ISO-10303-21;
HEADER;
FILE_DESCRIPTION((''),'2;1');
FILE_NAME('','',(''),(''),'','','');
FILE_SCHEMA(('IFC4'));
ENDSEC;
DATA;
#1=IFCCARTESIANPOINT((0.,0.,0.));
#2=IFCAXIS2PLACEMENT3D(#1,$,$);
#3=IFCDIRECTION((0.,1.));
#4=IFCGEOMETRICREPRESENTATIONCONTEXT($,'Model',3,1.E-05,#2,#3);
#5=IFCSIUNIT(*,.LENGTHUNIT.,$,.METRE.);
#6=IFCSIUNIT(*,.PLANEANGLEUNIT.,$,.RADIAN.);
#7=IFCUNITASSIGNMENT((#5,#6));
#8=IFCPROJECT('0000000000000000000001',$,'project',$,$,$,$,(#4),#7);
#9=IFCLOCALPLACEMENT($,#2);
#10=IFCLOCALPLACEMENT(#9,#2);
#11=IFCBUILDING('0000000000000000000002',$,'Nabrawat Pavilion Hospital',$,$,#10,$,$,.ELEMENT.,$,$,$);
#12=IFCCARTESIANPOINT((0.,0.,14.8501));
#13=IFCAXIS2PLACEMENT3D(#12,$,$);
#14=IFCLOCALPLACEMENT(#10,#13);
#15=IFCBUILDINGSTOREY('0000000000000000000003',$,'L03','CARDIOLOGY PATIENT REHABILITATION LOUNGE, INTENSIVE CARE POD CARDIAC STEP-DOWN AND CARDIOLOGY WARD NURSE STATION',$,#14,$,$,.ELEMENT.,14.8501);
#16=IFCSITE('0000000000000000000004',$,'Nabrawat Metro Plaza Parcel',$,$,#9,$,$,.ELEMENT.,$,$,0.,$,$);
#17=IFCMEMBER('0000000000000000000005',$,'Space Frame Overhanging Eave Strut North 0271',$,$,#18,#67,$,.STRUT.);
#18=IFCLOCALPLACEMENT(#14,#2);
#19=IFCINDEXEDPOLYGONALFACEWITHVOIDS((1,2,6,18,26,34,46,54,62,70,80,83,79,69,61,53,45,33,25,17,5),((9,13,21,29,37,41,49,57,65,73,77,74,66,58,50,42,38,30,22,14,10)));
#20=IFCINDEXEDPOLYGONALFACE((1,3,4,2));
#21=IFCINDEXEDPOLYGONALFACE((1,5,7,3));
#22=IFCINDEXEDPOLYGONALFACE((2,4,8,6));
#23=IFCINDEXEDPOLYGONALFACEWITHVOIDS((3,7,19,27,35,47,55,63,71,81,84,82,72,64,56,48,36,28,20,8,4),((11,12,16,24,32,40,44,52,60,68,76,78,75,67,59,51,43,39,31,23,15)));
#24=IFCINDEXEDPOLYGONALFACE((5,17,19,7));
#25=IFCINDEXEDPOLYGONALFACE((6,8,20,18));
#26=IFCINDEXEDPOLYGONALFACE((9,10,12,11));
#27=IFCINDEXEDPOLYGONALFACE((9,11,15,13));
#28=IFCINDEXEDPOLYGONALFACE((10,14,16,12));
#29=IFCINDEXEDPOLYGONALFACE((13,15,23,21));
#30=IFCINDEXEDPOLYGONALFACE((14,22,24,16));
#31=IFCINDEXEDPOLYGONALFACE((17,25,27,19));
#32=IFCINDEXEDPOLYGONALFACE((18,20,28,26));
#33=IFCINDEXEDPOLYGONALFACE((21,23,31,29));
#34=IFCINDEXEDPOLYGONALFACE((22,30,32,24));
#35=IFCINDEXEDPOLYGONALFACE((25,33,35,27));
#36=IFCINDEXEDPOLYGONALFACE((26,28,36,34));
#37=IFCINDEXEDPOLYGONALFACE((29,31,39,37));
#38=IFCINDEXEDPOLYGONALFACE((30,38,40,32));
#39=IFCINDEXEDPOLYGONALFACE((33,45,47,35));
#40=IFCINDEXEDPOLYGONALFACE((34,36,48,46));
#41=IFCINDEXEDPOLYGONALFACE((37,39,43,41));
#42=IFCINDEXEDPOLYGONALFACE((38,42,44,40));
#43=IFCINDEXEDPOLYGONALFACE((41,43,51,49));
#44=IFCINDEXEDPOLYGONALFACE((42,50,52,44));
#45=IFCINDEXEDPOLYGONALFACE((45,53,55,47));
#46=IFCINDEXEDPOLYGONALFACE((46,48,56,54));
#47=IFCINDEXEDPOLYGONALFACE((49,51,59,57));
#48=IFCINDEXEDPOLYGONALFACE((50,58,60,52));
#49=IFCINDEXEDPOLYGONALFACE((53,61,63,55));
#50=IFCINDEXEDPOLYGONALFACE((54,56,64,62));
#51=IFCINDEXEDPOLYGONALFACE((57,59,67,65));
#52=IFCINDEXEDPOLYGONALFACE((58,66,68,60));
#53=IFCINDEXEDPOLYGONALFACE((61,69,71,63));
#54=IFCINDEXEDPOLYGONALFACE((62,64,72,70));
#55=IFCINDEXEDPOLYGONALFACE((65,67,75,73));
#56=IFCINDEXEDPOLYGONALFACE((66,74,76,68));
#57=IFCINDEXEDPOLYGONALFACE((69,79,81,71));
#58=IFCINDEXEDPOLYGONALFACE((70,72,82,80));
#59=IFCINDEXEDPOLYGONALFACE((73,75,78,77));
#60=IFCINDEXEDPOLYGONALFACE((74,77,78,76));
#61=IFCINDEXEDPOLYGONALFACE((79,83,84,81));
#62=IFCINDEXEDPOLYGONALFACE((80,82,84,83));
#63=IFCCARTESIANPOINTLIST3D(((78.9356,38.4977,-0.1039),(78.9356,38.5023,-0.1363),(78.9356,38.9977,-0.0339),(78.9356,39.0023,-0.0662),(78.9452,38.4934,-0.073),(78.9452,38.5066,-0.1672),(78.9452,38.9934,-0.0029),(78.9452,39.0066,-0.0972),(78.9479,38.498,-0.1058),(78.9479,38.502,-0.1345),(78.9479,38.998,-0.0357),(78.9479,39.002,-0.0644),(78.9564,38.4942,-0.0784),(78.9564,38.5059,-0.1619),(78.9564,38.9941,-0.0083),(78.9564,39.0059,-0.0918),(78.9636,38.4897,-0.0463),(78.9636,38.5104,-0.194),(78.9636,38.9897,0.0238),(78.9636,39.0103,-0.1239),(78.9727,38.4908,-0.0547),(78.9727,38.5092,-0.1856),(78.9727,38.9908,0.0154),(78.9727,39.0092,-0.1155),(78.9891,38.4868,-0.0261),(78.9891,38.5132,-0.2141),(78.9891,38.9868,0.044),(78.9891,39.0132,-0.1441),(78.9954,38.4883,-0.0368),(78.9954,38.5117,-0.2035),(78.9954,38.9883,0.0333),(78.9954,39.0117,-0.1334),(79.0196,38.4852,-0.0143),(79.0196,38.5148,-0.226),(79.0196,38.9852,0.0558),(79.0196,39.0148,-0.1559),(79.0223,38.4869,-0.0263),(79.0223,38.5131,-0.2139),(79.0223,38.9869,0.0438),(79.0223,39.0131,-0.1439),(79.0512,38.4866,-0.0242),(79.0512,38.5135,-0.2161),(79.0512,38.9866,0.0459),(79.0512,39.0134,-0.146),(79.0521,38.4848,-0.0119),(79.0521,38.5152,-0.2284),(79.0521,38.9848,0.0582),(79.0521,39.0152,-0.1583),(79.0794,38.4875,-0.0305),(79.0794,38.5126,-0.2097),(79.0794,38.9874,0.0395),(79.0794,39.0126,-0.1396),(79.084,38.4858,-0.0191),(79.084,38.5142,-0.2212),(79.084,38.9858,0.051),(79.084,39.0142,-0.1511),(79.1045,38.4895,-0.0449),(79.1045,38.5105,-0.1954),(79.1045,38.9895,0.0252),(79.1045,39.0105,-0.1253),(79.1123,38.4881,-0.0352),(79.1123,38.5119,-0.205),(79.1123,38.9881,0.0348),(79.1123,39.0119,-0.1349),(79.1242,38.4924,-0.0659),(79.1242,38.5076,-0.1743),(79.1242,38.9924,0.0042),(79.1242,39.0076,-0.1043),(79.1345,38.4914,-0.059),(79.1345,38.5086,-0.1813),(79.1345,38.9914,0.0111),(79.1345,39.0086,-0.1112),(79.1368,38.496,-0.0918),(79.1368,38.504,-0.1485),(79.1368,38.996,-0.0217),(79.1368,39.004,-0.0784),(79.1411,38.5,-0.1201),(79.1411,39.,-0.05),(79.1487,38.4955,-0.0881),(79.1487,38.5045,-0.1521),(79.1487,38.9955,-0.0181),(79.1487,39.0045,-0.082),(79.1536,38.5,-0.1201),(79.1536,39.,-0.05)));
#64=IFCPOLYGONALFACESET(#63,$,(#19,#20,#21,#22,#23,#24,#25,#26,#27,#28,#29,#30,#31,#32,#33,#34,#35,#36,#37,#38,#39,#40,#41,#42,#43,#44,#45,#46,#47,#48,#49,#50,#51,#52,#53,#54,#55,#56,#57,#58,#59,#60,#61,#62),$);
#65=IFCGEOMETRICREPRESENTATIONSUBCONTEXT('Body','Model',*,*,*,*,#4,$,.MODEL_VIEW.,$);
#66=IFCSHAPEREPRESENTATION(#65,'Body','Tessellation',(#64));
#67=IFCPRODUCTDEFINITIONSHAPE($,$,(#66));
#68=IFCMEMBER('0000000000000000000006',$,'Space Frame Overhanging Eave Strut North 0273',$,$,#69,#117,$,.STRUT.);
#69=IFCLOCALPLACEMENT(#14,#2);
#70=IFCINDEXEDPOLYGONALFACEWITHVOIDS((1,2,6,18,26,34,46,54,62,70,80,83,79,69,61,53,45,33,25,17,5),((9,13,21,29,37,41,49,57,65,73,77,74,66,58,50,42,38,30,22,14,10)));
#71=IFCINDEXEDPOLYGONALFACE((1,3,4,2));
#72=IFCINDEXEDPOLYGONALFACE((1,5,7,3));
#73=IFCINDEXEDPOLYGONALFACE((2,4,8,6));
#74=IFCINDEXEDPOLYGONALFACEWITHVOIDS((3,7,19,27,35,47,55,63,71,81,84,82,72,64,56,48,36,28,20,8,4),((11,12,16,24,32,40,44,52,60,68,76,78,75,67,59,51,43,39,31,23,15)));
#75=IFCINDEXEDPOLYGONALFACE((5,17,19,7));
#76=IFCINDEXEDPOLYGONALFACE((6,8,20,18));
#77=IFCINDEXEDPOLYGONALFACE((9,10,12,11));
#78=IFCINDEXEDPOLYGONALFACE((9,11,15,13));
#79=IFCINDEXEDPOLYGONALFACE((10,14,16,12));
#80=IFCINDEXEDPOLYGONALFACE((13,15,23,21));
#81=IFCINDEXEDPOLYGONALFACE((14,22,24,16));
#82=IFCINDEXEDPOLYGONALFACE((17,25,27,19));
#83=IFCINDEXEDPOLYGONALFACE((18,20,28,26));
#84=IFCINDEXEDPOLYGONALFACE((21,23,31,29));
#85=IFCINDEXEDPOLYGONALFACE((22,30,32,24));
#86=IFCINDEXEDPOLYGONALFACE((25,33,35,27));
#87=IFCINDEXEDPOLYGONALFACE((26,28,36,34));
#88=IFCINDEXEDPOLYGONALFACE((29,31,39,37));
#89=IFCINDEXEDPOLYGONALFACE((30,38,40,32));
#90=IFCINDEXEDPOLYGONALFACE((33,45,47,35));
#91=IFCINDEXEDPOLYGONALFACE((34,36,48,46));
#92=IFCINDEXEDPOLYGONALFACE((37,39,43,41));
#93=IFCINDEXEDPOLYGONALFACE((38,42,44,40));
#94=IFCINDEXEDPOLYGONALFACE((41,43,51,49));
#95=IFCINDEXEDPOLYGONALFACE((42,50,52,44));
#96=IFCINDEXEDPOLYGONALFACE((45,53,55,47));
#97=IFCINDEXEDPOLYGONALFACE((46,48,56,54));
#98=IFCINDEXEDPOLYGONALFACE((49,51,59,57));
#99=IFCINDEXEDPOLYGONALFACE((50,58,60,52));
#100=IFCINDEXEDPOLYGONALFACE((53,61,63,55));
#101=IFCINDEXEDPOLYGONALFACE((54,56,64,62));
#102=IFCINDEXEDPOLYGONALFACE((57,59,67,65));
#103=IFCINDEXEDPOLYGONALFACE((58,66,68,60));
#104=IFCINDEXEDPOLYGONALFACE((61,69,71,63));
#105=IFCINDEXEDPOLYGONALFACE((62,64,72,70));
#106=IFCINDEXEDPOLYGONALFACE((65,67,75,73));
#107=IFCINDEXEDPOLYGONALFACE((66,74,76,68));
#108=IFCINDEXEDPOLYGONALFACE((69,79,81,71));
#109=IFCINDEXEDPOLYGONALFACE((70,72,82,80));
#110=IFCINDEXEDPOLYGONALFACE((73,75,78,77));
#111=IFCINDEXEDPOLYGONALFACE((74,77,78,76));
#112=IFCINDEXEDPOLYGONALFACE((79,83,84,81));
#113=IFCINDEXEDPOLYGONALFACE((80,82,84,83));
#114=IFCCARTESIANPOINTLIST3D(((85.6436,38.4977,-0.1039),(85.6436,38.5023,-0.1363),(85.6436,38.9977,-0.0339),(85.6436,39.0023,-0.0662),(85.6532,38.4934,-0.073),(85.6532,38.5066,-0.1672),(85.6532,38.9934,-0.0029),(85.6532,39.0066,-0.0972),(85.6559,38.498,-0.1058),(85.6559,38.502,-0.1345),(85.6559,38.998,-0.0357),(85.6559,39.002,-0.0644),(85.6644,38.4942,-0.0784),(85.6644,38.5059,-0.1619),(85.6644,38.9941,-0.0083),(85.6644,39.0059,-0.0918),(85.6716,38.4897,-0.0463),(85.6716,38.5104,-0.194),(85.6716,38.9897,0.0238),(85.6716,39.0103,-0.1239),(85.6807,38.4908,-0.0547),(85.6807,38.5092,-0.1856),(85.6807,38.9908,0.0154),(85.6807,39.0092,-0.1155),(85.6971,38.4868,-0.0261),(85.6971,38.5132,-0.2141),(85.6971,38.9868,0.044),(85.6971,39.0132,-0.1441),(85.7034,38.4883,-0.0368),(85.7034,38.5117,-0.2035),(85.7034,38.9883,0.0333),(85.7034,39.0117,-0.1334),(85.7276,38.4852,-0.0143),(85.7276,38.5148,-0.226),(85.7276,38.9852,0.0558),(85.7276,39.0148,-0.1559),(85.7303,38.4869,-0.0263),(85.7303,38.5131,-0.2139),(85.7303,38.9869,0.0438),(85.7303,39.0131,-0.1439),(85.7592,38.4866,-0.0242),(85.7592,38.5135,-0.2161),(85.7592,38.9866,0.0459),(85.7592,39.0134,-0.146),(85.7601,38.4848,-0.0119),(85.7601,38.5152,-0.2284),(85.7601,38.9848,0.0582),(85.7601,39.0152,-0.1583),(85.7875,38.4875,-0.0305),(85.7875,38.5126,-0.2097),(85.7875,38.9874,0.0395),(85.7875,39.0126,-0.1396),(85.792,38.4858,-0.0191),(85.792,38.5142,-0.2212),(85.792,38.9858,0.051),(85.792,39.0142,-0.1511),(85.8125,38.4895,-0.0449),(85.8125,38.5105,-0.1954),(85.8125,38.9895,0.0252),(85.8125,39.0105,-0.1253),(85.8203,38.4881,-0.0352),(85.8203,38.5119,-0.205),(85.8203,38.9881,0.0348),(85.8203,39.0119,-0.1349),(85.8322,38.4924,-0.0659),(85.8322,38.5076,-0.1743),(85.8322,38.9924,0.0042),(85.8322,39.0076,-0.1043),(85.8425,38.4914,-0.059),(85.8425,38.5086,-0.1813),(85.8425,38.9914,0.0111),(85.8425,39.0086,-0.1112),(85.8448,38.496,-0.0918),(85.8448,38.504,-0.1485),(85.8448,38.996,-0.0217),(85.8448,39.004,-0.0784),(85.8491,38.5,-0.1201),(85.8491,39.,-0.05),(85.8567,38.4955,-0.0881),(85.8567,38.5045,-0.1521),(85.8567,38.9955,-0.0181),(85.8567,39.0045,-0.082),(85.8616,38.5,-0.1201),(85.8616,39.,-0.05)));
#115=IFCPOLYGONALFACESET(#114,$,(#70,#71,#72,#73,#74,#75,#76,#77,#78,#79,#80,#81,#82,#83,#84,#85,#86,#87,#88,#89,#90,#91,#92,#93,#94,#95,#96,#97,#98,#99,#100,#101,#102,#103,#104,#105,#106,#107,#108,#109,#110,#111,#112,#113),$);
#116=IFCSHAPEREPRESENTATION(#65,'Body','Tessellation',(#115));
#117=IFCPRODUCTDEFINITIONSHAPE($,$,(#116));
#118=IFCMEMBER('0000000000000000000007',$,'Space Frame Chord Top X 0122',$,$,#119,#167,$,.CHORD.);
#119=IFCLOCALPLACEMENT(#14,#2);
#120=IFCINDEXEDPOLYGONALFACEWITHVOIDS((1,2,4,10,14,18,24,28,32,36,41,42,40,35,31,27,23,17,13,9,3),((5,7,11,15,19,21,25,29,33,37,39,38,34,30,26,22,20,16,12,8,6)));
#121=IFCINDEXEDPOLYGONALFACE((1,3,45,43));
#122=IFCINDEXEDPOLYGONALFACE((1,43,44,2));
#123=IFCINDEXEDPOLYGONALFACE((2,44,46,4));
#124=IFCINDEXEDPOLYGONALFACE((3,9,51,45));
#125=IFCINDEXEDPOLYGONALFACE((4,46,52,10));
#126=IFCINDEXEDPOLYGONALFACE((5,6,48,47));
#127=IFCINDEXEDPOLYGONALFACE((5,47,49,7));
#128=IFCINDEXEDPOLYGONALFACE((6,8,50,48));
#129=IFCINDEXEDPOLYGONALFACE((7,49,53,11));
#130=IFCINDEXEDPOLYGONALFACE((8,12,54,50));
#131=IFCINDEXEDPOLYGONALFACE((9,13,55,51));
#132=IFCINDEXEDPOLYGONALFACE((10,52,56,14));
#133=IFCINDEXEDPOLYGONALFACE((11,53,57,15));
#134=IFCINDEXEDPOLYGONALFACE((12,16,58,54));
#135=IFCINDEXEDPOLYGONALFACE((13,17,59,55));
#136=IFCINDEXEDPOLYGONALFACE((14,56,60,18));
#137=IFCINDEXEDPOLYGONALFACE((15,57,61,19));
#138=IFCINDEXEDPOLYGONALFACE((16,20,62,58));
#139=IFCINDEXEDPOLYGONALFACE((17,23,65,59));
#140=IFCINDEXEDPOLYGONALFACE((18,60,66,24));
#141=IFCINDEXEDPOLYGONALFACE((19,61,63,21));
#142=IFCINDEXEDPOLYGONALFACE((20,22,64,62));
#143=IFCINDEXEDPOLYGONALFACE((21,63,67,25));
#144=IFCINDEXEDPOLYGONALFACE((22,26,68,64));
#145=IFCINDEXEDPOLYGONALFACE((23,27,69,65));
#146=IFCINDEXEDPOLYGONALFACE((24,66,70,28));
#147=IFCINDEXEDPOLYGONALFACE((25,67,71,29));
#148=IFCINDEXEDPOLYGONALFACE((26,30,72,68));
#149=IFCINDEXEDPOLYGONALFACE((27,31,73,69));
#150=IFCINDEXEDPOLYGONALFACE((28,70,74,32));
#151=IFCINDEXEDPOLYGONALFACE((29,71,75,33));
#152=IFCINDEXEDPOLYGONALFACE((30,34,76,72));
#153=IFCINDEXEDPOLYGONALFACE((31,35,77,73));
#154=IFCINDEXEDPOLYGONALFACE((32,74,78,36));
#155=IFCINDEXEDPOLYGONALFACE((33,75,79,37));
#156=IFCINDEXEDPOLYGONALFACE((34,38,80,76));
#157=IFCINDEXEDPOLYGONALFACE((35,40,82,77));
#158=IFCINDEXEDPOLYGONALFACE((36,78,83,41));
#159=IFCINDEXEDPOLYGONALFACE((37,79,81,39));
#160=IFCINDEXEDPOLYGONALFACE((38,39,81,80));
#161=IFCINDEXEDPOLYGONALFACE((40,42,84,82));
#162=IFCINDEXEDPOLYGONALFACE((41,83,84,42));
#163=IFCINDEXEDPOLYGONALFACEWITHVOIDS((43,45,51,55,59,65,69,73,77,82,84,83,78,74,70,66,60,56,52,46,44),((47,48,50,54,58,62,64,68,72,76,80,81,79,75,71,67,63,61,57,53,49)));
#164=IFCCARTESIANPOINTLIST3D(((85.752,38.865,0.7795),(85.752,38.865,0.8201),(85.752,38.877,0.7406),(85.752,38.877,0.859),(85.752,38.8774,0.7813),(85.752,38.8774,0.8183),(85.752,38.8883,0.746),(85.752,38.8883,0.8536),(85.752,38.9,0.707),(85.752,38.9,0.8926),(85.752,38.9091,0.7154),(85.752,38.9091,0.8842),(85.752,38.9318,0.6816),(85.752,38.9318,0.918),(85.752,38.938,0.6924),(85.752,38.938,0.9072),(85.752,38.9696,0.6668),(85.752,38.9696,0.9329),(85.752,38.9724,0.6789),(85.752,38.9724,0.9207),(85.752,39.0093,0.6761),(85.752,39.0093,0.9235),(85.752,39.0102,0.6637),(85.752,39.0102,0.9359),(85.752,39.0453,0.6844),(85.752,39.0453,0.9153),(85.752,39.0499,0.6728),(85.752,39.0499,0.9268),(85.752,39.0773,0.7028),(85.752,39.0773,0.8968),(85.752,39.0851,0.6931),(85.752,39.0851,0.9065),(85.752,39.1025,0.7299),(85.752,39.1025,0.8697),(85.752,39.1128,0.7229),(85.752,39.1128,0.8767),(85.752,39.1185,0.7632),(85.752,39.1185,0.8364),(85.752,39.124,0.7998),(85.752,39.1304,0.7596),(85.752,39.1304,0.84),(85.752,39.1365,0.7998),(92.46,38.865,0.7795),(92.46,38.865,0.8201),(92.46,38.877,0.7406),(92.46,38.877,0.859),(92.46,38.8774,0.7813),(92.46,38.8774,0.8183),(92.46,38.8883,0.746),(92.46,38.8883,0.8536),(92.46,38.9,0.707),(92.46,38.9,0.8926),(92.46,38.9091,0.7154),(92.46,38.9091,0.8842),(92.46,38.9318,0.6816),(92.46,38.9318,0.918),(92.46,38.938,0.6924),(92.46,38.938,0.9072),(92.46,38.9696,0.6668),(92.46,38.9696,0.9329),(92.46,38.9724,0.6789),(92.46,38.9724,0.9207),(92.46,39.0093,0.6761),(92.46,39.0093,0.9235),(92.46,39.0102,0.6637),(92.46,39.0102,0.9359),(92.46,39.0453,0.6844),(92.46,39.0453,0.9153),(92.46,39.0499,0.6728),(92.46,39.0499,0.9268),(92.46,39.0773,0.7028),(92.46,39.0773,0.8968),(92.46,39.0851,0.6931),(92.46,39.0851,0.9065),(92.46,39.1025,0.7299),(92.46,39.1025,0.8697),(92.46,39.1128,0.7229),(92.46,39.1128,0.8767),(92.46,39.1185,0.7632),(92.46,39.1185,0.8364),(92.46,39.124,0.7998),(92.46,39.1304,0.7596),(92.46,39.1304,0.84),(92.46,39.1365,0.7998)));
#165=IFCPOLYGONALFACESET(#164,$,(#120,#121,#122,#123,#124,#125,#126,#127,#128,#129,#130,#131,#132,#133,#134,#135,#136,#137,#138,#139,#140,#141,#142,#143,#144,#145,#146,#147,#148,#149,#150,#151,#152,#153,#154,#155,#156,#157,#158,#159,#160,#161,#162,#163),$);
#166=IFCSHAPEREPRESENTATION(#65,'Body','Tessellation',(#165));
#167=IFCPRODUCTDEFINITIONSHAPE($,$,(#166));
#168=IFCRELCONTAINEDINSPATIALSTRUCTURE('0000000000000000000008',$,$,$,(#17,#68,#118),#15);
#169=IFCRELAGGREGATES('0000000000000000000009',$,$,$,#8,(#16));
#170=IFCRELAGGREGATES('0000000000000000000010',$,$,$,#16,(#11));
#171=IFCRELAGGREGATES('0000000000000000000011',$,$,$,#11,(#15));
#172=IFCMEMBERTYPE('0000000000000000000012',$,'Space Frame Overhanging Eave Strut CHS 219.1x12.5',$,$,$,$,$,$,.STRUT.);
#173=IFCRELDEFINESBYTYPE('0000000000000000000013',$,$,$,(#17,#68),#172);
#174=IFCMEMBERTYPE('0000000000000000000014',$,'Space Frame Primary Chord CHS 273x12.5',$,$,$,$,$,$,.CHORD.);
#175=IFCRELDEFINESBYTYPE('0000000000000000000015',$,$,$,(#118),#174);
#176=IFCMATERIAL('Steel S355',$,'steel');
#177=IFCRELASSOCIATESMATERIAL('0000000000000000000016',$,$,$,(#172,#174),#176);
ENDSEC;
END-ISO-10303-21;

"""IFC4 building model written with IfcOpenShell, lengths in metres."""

from ifc_helpers import new_model, si_unit, direction, frame, origin, origin_2d, place, context, subcontext, project, spatial, hollow_circle, extrude, material, material_profile, profile_set, type_object, element, save


model = new_model("IFC4")

# Units and contexts
model_context = context("Model", 3, precision=1e-05, world=origin(), true_north=direction((0.0, 1.0)))
body_context = subcontext(model_context, "Body", "Model", "MODEL_VIEW")
ifc_project = project(units=[si_unit("LENGTHUNIT", "METRE"), si_unit("PLANEANGLEUNIT", "RADIAN")], contexts=[model_context])

# Site, building, storey
site_placement = place(None, origin())
site = spatial("IfcSite", under=ifc_project, at=site_placement, Name="Nabrawat Metro Plaza Parcel", CompositionType="ELEMENT", RefElevation=0.0)
building_placement = place(site_placement, origin())
building = spatial("IfcBuilding", under=site, at=building_placement, Name="Nabrawat Pavilion Hospital", CompositionType="ELEMENT")
storey_placement = place(building_placement, frame((0.0, 0.0, 14.8501)))
storey = spatial("IfcBuildingStorey", under=building, at=storey_placement, Name="L03", Description="CARDIOLOGY PATIENT REHABILITATION LOUNGE, INTENSIVE CARE POD CARDIAC STEP-DOWN AND CARDIOLOGY WARD NURSE STATION", CompositionType="ELEMENT", Elevation=14.8501)

# Shared definitions
ifc_material_1 = material(Name="Steel S355", Category="steel")

# Members
ifc_material_profile_1 = material_profile(ifc_material_1, hollow_circle(Radius=0.1096, WallThickness=0.0125, at=origin_2d()), Name="CHS 219.1x12.5")
ifc_profile_set_1 = profile_set([ifc_material_profile_1], Name="Steel S355")
member_type_1 = type_object("IfcMemberType", Name="Space Frame Overhanging Eave Strut CHS 219.1x12.5", PredefinedType="STRUT", material=ifc_profile_set_1)
for number, where, z_axis, x_axis, name in (
    (1, (79.0439, 39.0, -0.05), (0.0, -0.990323, -0.138781), (1.0, 0.0, 0.0), "Space Frame Overhanging Eave Strut North 0271"),
    (2, (85.752, 39.0, -0.05), (0.0, -0.990323, -0.138781), (1.0, 0.0, 0.0), "Space Frame Overhanging Eave Strut North 0273"),
):
    element("IfcMember", number, at=place(storey_placement, frame(where, z_axis=z_axis, x_axis=x_axis)), inside=storey, type_object=member_type_1, Name=name, PredefinedType="STRUT", context=body_context, shape_type="SweptSolid", body=[
        extrude(hollow_circle(Radius=0.1096, WallThickness=0.0125, at=origin_2d()), origin(), (0.0, 0.0, 1.0), 0.5049),
    ])
ifc_material_profile_2 = material_profile(ifc_material_1, hollow_circle(Radius=0.1365, WallThickness=0.0125, at=origin_2d()), Name="CHS 273x12.5")
ifc_profile_set_2 = profile_set([ifc_material_profile_2], Name="Steel S355")
member_type_2 = type_object("IfcMemberType", Name="Space Frame Primary Chord CHS 273x12.5", PredefinedType="CHORD", material=ifc_profile_set_2)
for number, where, z_axis, x_axis, name in (
    (3, (85.752, 39.0, 0.7998), (1.0, 0.0, 0.0), (0.0, 1.0, 0.0), "Space Frame Chord Top X 0122"),
):
    element("IfcMember", number, at=place(storey_placement, frame(where, z_axis=z_axis, x_axis=x_axis)), inside=storey, type_object=member_type_2, Name=name, PredefinedType="CHORD", context=body_context, shape_type="SweptSolid", body=[
        extrude(hollow_circle(Radius=0.1365, WallThickness=0.0125, at=origin_2d()), origin(), (0.0, 0.0, 1.0), 6.708),
    ])

save(model, "model.ifc")
